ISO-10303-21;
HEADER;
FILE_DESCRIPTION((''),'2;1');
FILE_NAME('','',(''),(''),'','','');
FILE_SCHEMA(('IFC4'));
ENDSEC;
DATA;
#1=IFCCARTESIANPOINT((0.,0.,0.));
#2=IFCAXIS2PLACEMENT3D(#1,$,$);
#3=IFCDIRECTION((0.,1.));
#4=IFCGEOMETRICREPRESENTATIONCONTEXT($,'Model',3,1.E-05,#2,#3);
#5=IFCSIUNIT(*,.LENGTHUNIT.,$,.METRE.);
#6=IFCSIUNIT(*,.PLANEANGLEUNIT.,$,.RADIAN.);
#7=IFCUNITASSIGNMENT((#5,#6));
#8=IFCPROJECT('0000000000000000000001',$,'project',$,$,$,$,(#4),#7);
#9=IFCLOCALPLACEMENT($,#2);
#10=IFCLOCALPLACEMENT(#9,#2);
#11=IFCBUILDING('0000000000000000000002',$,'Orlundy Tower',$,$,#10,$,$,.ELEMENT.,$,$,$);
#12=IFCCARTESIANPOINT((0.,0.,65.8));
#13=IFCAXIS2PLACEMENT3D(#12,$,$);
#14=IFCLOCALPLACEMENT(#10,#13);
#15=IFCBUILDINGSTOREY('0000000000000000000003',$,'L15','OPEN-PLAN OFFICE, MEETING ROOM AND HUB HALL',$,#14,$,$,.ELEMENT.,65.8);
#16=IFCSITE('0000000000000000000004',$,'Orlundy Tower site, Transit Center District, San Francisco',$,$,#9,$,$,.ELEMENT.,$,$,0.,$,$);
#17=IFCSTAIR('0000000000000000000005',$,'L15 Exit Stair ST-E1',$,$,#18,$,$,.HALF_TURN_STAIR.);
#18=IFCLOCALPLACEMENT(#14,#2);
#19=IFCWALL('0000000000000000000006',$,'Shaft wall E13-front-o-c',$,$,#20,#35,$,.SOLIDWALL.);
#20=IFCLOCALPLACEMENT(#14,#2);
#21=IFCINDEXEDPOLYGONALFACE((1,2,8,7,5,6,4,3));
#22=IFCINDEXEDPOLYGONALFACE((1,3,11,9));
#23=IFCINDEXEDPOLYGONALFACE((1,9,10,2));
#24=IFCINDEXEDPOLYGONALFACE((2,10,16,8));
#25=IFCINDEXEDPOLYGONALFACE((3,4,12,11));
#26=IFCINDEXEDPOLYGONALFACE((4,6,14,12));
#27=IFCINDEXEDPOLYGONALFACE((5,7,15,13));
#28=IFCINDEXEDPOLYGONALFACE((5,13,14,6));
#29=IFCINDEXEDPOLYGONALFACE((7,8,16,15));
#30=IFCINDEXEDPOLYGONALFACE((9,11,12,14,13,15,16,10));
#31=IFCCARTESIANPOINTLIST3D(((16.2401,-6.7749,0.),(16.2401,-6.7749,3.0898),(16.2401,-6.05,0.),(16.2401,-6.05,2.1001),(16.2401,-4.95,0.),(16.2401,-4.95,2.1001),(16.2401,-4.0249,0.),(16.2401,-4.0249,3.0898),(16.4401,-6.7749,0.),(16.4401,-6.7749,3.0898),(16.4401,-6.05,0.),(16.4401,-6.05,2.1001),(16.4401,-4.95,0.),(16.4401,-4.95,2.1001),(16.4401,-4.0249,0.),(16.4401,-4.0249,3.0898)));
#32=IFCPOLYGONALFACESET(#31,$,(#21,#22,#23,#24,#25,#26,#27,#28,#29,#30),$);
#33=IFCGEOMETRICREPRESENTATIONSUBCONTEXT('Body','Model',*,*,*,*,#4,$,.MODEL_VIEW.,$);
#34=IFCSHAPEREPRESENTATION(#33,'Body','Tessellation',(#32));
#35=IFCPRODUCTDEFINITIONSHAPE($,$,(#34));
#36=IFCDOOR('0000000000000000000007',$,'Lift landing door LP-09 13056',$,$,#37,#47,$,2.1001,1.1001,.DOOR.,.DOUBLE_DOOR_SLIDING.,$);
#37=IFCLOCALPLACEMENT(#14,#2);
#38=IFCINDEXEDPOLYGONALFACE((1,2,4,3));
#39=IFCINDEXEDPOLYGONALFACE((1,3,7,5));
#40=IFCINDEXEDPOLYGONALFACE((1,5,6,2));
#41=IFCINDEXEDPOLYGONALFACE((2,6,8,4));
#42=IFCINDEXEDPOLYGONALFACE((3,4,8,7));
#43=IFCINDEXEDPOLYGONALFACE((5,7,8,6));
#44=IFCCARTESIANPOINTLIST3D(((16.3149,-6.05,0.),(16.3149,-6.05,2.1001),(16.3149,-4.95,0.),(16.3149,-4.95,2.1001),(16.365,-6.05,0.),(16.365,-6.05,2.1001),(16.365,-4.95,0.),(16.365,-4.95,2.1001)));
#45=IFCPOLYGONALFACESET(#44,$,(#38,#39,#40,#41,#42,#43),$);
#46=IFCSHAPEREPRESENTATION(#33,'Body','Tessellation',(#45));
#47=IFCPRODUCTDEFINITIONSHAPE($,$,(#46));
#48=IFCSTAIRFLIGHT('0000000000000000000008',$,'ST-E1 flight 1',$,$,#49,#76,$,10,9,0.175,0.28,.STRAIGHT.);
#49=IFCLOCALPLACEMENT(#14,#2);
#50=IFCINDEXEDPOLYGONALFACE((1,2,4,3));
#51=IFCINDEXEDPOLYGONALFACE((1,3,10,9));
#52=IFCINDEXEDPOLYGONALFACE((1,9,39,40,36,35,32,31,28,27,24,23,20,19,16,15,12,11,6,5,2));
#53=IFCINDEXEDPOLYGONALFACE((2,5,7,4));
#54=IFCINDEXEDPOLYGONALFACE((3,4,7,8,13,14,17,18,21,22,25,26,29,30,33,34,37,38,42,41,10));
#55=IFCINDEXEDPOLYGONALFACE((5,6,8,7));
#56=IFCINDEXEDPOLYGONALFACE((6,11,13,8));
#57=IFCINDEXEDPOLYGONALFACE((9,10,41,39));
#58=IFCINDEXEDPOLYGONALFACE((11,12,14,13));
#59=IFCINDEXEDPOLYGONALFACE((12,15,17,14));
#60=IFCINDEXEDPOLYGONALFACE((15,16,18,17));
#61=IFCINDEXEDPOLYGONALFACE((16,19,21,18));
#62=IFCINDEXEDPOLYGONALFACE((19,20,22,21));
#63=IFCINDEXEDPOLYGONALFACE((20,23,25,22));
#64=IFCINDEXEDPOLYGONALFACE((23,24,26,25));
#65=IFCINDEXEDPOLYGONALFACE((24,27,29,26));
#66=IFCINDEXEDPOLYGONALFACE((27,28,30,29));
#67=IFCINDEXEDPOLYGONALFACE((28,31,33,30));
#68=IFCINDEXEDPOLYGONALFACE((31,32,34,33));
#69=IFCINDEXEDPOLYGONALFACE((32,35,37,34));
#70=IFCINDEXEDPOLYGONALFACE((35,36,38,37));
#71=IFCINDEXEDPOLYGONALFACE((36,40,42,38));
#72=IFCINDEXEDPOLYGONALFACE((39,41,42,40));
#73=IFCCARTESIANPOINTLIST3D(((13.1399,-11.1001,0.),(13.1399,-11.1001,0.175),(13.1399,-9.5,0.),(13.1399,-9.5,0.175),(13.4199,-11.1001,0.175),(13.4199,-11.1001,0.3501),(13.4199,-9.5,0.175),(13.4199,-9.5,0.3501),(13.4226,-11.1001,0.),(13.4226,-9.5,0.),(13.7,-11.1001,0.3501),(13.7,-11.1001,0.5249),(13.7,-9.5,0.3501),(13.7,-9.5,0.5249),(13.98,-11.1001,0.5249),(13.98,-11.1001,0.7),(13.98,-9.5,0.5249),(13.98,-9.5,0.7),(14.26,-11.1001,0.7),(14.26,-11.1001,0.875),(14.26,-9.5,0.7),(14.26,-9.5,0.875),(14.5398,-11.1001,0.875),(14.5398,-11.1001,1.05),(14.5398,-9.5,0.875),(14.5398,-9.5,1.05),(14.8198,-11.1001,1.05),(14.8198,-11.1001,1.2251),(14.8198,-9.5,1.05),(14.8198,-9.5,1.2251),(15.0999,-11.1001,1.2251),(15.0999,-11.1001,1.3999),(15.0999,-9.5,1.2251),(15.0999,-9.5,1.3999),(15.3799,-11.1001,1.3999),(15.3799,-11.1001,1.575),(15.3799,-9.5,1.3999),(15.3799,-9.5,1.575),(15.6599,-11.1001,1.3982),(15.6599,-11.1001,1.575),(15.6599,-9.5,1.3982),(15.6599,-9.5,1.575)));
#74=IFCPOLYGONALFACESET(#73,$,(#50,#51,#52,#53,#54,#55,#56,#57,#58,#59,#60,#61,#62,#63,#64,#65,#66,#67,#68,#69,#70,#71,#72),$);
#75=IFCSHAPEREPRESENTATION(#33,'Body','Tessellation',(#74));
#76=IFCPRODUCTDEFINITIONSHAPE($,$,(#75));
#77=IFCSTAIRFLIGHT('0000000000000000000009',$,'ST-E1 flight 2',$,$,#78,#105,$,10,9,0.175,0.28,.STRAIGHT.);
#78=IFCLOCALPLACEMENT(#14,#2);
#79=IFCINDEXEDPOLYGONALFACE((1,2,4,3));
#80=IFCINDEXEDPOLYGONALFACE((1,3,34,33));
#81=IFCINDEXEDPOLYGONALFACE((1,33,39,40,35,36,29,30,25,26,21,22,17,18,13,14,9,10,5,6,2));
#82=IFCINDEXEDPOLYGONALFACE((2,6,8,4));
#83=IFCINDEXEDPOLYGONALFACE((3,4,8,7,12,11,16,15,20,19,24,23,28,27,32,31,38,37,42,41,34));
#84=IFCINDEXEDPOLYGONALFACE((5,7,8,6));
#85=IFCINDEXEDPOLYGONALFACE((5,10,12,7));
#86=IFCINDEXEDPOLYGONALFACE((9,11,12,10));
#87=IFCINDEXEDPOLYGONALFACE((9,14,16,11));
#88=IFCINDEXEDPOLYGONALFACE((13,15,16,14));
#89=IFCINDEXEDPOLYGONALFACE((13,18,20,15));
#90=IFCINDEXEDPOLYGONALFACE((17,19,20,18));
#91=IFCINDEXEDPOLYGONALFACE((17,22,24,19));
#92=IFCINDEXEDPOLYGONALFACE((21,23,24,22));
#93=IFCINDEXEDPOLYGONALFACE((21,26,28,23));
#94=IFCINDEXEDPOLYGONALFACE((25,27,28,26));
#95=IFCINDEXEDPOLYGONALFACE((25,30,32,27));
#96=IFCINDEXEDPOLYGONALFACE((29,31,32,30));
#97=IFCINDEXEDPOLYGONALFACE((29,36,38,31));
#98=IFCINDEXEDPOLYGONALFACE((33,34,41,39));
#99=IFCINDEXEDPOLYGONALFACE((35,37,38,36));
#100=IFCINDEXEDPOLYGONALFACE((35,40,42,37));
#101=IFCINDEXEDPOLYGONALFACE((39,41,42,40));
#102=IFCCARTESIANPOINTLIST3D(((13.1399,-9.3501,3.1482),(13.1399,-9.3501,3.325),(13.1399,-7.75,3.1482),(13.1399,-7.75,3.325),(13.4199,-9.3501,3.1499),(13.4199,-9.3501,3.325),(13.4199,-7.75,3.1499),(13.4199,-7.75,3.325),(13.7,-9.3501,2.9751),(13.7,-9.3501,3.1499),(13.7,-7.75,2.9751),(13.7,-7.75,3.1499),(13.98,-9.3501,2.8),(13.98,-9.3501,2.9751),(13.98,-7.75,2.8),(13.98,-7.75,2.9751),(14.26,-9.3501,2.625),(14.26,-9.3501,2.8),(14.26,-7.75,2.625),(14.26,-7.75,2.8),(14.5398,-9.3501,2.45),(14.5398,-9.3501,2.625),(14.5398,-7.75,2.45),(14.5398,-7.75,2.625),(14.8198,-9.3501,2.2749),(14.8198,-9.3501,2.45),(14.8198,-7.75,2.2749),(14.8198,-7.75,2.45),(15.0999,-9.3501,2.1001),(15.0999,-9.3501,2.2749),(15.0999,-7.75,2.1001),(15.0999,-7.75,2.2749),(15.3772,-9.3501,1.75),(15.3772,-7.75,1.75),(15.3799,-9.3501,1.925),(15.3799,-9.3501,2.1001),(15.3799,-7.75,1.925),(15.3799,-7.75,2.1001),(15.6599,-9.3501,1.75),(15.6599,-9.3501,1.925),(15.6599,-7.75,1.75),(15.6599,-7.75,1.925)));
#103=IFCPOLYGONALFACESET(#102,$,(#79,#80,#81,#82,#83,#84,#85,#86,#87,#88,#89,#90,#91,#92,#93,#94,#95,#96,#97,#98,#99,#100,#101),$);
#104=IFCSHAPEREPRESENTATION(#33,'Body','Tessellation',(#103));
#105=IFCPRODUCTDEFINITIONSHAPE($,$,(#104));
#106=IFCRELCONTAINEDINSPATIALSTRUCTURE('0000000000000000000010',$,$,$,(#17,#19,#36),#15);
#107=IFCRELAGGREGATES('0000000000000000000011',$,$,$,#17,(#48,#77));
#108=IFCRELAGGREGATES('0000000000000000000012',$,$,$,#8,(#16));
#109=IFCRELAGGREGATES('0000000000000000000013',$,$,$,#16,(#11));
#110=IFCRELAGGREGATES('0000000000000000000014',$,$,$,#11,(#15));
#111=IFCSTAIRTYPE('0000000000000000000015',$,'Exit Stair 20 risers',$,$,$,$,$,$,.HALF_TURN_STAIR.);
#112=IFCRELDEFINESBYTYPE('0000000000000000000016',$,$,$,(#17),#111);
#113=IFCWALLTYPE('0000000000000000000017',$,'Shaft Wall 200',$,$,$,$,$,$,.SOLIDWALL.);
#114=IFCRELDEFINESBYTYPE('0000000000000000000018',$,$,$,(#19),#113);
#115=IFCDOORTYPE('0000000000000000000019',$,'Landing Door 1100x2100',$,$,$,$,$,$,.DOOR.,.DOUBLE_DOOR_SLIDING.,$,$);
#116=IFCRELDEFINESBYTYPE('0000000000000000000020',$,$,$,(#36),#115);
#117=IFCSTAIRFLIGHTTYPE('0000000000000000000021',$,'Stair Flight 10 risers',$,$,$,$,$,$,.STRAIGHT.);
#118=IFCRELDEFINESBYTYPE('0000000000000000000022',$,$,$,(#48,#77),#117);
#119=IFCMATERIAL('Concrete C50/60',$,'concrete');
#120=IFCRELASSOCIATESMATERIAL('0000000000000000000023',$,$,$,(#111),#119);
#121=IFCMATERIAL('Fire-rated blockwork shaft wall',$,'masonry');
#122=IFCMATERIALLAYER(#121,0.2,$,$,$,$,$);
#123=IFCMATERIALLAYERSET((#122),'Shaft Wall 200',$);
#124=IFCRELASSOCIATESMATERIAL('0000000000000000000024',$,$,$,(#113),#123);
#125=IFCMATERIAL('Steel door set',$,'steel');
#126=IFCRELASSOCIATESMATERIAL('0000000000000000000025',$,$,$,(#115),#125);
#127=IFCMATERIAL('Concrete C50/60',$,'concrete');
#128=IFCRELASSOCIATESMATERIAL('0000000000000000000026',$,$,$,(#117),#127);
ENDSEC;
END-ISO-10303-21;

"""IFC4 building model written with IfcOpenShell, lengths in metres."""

from ifc_helpers import new_model, si_unit, direction, frame, frame_2d, origin, place, context, subcontext, project, spatial, polyline, rectangle, outline, extrude, material, layer, layer_set, type_object, element, fill, aggregate, save


model = new_model("IFC4")

# Units and contexts
model_context = context("Model", 3, precision=1e-05, world=origin(), true_north=direction((0.0, 1.0)))
body_context = subcontext(model_context, "Body", "Model", "MODEL_VIEW")
ifc_project = project(units=[si_unit("LENGTHUNIT", "METRE"), si_unit("PLANEANGLEUNIT", "RADIAN")], contexts=[model_context])

# Site, building, storey
site_placement = place(None, origin())
site = spatial("IfcSite", under=ifc_project, at=site_placement, Name="Orlundy Tower site, Transit Center District, San Francisco", CompositionType="ELEMENT", RefElevation=0.0)
building_placement = place(site_placement, origin())
building = spatial("IfcBuilding", under=site, at=building_placement, Name="Orlundy Tower", CompositionType="ELEMENT")
storey_placement = place(building_placement, frame((0.0, 0.0, 65.8)))
storey = spatial("IfcBuildingStorey", under=building, at=storey_placement, Name="L15", Description="OPEN-PLAN OFFICE, MEETING ROOM AND HUB HALL", CompositionType="ELEMENT", Elevation=65.8)

# Stair
ifc_material_1 = material(Name="Concrete C50/60", Category="concrete")
stair_type = type_object("IfcStairType", Name="Exit Stair 20 risers", PredefinedType="HALF_TURN_STAIR", material=ifc_material_1)
stair_1_placement = place(storey_placement, origin())
stair_1 = element("IfcStair", 1, at=stair_1_placement, inside=storey, type_object=stair_type, Name="L15 Exit Stair ST-E1", PredefinedType="HALF_TURN_STAIR")

# Shared definitions
ifc_material_2 = material(Name="Fire-rated blockwork shaft wall", Category="masonry")
ifc_layer_1 = layer(ifc_material_2, 0.2)
ifc_layer_set_1 = layer_set([ifc_layer_1], Name="Shaft Wall 200")
wall_type_1 = type_object("IfcWallType", Name="Shaft Wall 200", PredefinedType="SOLIDWALL", material=ifc_layer_set_1)

# Shared definitions
ifc_material_3 = material(Name="Steel door set", Category="steel")
door_type_1 = type_object("IfcDoorType", Name="Landing Door 1100x2100", OperationType="DOUBLE_DOOR_SLIDING", PredefinedType="DOOR", material=ifc_material_3)

# Wall, opening, door
wall_1_placement = place(storey_placement, frame((16.3401, -4.0249, 0.0), z_axis=(0.0, 0.0, 1.0), x_axis=(0.0, -1.0, 0.0)))
wall_1 = element("IfcWall", 2, at=wall_1_placement, inside=storey, type_object=wall_type_1, Name="Shaft wall E13-front-o-c", PredefinedType="SOLIDWALL", context=body_context, shape_type="SweptSolid", body=[
    extrude(rectangle(XDim=2.75, YDim=0.2, at=frame_2d((1.375, 0.0))), origin(), (0.0, 0.0, 1.0), 3.0898),
])
opening_1_placement = place(wall_1_placement, frame((0.925, 0.0, 0.0)))
opening_1 = element("IfcOpeningElement", 3, at=opening_1_placement, cuts=wall_1, PredefinedType="OPENING", context=body_context, shape_type="SweptSolid", body=[
    extrude(rectangle(XDim=1.1001, YDim=2.1001, at=frame_2d((0.55, 1.05))), frame((0.0, 0.1101, 0.0), z_axis=(0.0, -1.0, 0.0), x_axis=(1.0, 0.0, 0.0)), (0.0, 0.0, 1.0), 0.2202),
])
door_1_placement = place(opening_1_placement, origin())
door_1 = element("IfcDoor", 4, at=door_1_placement, inside=storey, type_object=door_type_1, Name="Lift landing door LP-09 13056", OperationType="DOUBLE_DOOR_SLIDING", OverallHeight=2.1001, OverallWidth=1.1001, PredefinedType="DOOR", context=body_context, shape_type="SweptSolid", body=[
    extrude(rectangle(XDim=1.1001, YDim=2.1001, at=frame_2d((0.55, 1.05))), frame((0.0, 0.0249, 0.0), z_axis=(0.0, -1.0, 0.0), x_axis=(1.0, 0.0, 0.0)), (0.0, 0.0, 1.0), 0.05),
])
fill(opening_1, door_1)

# Stair flights
ifc_material_4 = material(Name="Concrete C50/60", Category="concrete")
stair_flight_type = type_object("IfcStairFlightType", Name="Stair Flight 10 risers", PredefinedType="STRAIGHT", material=ifc_material_4)
stair_flight_1_placement = place(storey_placement, frame((13.1399, -10.3, 0.0), z_axis=(0.0, 0.0, 1.0), x_axis=(1.0, 0.0, 0.0)))
stair_flight_1 = element("IfcStairFlight", 5, at=stair_flight_1_placement, type_object=stair_flight_type, Name="ST-E1 flight 1", NumberOfRisers=10, NumberOfTreads=9, PredefinedType="STRAIGHT", RiserHeight=0.175, TreadLength=0.28, context=body_context, shape_type="SweptSolid", body=[
    extrude(outline(polyline([(0.0, 0.0), (0.0, 0.175), (0.28, 0.175), (0.28, 0.3501), (0.5601, 0.3501), (0.5601, 0.5249), (0.8401, 0.5249), (0.8401, 0.7), (1.1201, 0.7), (1.1201, 0.875), (1.3999, 0.875), (1.3999, 1.05), (1.6799, 1.05), (1.6799, 1.2251), (1.96, 1.2251), (1.96, 1.3999), (2.24, 1.3999), (2.24, 1.575), (2.52, 1.575), (2.52, 1.75), (2.52, 1.3982), (0.2827, 0.0), (0.0, 0.0)])), frame((0.0, 0.8, 0.0), z_axis=(0.0, -1.0, 0.0), x_axis=(1.0, 0.0, 0.0)), (0.0, 0.0, 1.0), 1.6001),
])
stair_flight_2_placement = place(storey_placement, frame((15.6599, -8.55, 1.75), z_axis=(0.0, 0.0, 1.0), x_axis=(-1.0, 0.0, 0.0)))
stair_flight_2 = element("IfcStairFlight", 6, at=stair_flight_2_placement, type_object=stair_flight_type, Name="ST-E1 flight 2", NumberOfRisers=10, NumberOfTreads=9, PredefinedType="STRAIGHT", RiserHeight=0.175, TreadLength=0.28, context=body_context, shape_type="SweptSolid", body=[
    extrude(outline(polyline([(0.0, 0.0), (0.0, 0.175), (0.28, 0.175), (0.28, 0.3501), (0.5601, 0.3501), (0.5601, 0.5249), (0.8401, 0.5249), (0.8401, 0.7), (1.1201, 0.7), (1.1201, 0.875), (1.3999, 0.875), (1.3999, 1.05), (1.6799, 1.05), (1.6799, 1.2251), (1.96, 1.2251), (1.96, 1.3999), (2.24, 1.3999), (2.24, 1.575), (2.52, 1.575), (2.52, 1.75), (2.52, 1.3982), (0.2827, 0.0), (0.0, 0.0)])), frame((0.0, 0.8, 0.0), z_axis=(0.0, -1.0, 0.0), x_axis=(1.0, 0.0, 0.0)), (0.0, 0.0, 1.0), 1.6001),
])
aggregate(stair_1, [stair_flight_1, stair_flight_2])

save(model, "model.ifc")
